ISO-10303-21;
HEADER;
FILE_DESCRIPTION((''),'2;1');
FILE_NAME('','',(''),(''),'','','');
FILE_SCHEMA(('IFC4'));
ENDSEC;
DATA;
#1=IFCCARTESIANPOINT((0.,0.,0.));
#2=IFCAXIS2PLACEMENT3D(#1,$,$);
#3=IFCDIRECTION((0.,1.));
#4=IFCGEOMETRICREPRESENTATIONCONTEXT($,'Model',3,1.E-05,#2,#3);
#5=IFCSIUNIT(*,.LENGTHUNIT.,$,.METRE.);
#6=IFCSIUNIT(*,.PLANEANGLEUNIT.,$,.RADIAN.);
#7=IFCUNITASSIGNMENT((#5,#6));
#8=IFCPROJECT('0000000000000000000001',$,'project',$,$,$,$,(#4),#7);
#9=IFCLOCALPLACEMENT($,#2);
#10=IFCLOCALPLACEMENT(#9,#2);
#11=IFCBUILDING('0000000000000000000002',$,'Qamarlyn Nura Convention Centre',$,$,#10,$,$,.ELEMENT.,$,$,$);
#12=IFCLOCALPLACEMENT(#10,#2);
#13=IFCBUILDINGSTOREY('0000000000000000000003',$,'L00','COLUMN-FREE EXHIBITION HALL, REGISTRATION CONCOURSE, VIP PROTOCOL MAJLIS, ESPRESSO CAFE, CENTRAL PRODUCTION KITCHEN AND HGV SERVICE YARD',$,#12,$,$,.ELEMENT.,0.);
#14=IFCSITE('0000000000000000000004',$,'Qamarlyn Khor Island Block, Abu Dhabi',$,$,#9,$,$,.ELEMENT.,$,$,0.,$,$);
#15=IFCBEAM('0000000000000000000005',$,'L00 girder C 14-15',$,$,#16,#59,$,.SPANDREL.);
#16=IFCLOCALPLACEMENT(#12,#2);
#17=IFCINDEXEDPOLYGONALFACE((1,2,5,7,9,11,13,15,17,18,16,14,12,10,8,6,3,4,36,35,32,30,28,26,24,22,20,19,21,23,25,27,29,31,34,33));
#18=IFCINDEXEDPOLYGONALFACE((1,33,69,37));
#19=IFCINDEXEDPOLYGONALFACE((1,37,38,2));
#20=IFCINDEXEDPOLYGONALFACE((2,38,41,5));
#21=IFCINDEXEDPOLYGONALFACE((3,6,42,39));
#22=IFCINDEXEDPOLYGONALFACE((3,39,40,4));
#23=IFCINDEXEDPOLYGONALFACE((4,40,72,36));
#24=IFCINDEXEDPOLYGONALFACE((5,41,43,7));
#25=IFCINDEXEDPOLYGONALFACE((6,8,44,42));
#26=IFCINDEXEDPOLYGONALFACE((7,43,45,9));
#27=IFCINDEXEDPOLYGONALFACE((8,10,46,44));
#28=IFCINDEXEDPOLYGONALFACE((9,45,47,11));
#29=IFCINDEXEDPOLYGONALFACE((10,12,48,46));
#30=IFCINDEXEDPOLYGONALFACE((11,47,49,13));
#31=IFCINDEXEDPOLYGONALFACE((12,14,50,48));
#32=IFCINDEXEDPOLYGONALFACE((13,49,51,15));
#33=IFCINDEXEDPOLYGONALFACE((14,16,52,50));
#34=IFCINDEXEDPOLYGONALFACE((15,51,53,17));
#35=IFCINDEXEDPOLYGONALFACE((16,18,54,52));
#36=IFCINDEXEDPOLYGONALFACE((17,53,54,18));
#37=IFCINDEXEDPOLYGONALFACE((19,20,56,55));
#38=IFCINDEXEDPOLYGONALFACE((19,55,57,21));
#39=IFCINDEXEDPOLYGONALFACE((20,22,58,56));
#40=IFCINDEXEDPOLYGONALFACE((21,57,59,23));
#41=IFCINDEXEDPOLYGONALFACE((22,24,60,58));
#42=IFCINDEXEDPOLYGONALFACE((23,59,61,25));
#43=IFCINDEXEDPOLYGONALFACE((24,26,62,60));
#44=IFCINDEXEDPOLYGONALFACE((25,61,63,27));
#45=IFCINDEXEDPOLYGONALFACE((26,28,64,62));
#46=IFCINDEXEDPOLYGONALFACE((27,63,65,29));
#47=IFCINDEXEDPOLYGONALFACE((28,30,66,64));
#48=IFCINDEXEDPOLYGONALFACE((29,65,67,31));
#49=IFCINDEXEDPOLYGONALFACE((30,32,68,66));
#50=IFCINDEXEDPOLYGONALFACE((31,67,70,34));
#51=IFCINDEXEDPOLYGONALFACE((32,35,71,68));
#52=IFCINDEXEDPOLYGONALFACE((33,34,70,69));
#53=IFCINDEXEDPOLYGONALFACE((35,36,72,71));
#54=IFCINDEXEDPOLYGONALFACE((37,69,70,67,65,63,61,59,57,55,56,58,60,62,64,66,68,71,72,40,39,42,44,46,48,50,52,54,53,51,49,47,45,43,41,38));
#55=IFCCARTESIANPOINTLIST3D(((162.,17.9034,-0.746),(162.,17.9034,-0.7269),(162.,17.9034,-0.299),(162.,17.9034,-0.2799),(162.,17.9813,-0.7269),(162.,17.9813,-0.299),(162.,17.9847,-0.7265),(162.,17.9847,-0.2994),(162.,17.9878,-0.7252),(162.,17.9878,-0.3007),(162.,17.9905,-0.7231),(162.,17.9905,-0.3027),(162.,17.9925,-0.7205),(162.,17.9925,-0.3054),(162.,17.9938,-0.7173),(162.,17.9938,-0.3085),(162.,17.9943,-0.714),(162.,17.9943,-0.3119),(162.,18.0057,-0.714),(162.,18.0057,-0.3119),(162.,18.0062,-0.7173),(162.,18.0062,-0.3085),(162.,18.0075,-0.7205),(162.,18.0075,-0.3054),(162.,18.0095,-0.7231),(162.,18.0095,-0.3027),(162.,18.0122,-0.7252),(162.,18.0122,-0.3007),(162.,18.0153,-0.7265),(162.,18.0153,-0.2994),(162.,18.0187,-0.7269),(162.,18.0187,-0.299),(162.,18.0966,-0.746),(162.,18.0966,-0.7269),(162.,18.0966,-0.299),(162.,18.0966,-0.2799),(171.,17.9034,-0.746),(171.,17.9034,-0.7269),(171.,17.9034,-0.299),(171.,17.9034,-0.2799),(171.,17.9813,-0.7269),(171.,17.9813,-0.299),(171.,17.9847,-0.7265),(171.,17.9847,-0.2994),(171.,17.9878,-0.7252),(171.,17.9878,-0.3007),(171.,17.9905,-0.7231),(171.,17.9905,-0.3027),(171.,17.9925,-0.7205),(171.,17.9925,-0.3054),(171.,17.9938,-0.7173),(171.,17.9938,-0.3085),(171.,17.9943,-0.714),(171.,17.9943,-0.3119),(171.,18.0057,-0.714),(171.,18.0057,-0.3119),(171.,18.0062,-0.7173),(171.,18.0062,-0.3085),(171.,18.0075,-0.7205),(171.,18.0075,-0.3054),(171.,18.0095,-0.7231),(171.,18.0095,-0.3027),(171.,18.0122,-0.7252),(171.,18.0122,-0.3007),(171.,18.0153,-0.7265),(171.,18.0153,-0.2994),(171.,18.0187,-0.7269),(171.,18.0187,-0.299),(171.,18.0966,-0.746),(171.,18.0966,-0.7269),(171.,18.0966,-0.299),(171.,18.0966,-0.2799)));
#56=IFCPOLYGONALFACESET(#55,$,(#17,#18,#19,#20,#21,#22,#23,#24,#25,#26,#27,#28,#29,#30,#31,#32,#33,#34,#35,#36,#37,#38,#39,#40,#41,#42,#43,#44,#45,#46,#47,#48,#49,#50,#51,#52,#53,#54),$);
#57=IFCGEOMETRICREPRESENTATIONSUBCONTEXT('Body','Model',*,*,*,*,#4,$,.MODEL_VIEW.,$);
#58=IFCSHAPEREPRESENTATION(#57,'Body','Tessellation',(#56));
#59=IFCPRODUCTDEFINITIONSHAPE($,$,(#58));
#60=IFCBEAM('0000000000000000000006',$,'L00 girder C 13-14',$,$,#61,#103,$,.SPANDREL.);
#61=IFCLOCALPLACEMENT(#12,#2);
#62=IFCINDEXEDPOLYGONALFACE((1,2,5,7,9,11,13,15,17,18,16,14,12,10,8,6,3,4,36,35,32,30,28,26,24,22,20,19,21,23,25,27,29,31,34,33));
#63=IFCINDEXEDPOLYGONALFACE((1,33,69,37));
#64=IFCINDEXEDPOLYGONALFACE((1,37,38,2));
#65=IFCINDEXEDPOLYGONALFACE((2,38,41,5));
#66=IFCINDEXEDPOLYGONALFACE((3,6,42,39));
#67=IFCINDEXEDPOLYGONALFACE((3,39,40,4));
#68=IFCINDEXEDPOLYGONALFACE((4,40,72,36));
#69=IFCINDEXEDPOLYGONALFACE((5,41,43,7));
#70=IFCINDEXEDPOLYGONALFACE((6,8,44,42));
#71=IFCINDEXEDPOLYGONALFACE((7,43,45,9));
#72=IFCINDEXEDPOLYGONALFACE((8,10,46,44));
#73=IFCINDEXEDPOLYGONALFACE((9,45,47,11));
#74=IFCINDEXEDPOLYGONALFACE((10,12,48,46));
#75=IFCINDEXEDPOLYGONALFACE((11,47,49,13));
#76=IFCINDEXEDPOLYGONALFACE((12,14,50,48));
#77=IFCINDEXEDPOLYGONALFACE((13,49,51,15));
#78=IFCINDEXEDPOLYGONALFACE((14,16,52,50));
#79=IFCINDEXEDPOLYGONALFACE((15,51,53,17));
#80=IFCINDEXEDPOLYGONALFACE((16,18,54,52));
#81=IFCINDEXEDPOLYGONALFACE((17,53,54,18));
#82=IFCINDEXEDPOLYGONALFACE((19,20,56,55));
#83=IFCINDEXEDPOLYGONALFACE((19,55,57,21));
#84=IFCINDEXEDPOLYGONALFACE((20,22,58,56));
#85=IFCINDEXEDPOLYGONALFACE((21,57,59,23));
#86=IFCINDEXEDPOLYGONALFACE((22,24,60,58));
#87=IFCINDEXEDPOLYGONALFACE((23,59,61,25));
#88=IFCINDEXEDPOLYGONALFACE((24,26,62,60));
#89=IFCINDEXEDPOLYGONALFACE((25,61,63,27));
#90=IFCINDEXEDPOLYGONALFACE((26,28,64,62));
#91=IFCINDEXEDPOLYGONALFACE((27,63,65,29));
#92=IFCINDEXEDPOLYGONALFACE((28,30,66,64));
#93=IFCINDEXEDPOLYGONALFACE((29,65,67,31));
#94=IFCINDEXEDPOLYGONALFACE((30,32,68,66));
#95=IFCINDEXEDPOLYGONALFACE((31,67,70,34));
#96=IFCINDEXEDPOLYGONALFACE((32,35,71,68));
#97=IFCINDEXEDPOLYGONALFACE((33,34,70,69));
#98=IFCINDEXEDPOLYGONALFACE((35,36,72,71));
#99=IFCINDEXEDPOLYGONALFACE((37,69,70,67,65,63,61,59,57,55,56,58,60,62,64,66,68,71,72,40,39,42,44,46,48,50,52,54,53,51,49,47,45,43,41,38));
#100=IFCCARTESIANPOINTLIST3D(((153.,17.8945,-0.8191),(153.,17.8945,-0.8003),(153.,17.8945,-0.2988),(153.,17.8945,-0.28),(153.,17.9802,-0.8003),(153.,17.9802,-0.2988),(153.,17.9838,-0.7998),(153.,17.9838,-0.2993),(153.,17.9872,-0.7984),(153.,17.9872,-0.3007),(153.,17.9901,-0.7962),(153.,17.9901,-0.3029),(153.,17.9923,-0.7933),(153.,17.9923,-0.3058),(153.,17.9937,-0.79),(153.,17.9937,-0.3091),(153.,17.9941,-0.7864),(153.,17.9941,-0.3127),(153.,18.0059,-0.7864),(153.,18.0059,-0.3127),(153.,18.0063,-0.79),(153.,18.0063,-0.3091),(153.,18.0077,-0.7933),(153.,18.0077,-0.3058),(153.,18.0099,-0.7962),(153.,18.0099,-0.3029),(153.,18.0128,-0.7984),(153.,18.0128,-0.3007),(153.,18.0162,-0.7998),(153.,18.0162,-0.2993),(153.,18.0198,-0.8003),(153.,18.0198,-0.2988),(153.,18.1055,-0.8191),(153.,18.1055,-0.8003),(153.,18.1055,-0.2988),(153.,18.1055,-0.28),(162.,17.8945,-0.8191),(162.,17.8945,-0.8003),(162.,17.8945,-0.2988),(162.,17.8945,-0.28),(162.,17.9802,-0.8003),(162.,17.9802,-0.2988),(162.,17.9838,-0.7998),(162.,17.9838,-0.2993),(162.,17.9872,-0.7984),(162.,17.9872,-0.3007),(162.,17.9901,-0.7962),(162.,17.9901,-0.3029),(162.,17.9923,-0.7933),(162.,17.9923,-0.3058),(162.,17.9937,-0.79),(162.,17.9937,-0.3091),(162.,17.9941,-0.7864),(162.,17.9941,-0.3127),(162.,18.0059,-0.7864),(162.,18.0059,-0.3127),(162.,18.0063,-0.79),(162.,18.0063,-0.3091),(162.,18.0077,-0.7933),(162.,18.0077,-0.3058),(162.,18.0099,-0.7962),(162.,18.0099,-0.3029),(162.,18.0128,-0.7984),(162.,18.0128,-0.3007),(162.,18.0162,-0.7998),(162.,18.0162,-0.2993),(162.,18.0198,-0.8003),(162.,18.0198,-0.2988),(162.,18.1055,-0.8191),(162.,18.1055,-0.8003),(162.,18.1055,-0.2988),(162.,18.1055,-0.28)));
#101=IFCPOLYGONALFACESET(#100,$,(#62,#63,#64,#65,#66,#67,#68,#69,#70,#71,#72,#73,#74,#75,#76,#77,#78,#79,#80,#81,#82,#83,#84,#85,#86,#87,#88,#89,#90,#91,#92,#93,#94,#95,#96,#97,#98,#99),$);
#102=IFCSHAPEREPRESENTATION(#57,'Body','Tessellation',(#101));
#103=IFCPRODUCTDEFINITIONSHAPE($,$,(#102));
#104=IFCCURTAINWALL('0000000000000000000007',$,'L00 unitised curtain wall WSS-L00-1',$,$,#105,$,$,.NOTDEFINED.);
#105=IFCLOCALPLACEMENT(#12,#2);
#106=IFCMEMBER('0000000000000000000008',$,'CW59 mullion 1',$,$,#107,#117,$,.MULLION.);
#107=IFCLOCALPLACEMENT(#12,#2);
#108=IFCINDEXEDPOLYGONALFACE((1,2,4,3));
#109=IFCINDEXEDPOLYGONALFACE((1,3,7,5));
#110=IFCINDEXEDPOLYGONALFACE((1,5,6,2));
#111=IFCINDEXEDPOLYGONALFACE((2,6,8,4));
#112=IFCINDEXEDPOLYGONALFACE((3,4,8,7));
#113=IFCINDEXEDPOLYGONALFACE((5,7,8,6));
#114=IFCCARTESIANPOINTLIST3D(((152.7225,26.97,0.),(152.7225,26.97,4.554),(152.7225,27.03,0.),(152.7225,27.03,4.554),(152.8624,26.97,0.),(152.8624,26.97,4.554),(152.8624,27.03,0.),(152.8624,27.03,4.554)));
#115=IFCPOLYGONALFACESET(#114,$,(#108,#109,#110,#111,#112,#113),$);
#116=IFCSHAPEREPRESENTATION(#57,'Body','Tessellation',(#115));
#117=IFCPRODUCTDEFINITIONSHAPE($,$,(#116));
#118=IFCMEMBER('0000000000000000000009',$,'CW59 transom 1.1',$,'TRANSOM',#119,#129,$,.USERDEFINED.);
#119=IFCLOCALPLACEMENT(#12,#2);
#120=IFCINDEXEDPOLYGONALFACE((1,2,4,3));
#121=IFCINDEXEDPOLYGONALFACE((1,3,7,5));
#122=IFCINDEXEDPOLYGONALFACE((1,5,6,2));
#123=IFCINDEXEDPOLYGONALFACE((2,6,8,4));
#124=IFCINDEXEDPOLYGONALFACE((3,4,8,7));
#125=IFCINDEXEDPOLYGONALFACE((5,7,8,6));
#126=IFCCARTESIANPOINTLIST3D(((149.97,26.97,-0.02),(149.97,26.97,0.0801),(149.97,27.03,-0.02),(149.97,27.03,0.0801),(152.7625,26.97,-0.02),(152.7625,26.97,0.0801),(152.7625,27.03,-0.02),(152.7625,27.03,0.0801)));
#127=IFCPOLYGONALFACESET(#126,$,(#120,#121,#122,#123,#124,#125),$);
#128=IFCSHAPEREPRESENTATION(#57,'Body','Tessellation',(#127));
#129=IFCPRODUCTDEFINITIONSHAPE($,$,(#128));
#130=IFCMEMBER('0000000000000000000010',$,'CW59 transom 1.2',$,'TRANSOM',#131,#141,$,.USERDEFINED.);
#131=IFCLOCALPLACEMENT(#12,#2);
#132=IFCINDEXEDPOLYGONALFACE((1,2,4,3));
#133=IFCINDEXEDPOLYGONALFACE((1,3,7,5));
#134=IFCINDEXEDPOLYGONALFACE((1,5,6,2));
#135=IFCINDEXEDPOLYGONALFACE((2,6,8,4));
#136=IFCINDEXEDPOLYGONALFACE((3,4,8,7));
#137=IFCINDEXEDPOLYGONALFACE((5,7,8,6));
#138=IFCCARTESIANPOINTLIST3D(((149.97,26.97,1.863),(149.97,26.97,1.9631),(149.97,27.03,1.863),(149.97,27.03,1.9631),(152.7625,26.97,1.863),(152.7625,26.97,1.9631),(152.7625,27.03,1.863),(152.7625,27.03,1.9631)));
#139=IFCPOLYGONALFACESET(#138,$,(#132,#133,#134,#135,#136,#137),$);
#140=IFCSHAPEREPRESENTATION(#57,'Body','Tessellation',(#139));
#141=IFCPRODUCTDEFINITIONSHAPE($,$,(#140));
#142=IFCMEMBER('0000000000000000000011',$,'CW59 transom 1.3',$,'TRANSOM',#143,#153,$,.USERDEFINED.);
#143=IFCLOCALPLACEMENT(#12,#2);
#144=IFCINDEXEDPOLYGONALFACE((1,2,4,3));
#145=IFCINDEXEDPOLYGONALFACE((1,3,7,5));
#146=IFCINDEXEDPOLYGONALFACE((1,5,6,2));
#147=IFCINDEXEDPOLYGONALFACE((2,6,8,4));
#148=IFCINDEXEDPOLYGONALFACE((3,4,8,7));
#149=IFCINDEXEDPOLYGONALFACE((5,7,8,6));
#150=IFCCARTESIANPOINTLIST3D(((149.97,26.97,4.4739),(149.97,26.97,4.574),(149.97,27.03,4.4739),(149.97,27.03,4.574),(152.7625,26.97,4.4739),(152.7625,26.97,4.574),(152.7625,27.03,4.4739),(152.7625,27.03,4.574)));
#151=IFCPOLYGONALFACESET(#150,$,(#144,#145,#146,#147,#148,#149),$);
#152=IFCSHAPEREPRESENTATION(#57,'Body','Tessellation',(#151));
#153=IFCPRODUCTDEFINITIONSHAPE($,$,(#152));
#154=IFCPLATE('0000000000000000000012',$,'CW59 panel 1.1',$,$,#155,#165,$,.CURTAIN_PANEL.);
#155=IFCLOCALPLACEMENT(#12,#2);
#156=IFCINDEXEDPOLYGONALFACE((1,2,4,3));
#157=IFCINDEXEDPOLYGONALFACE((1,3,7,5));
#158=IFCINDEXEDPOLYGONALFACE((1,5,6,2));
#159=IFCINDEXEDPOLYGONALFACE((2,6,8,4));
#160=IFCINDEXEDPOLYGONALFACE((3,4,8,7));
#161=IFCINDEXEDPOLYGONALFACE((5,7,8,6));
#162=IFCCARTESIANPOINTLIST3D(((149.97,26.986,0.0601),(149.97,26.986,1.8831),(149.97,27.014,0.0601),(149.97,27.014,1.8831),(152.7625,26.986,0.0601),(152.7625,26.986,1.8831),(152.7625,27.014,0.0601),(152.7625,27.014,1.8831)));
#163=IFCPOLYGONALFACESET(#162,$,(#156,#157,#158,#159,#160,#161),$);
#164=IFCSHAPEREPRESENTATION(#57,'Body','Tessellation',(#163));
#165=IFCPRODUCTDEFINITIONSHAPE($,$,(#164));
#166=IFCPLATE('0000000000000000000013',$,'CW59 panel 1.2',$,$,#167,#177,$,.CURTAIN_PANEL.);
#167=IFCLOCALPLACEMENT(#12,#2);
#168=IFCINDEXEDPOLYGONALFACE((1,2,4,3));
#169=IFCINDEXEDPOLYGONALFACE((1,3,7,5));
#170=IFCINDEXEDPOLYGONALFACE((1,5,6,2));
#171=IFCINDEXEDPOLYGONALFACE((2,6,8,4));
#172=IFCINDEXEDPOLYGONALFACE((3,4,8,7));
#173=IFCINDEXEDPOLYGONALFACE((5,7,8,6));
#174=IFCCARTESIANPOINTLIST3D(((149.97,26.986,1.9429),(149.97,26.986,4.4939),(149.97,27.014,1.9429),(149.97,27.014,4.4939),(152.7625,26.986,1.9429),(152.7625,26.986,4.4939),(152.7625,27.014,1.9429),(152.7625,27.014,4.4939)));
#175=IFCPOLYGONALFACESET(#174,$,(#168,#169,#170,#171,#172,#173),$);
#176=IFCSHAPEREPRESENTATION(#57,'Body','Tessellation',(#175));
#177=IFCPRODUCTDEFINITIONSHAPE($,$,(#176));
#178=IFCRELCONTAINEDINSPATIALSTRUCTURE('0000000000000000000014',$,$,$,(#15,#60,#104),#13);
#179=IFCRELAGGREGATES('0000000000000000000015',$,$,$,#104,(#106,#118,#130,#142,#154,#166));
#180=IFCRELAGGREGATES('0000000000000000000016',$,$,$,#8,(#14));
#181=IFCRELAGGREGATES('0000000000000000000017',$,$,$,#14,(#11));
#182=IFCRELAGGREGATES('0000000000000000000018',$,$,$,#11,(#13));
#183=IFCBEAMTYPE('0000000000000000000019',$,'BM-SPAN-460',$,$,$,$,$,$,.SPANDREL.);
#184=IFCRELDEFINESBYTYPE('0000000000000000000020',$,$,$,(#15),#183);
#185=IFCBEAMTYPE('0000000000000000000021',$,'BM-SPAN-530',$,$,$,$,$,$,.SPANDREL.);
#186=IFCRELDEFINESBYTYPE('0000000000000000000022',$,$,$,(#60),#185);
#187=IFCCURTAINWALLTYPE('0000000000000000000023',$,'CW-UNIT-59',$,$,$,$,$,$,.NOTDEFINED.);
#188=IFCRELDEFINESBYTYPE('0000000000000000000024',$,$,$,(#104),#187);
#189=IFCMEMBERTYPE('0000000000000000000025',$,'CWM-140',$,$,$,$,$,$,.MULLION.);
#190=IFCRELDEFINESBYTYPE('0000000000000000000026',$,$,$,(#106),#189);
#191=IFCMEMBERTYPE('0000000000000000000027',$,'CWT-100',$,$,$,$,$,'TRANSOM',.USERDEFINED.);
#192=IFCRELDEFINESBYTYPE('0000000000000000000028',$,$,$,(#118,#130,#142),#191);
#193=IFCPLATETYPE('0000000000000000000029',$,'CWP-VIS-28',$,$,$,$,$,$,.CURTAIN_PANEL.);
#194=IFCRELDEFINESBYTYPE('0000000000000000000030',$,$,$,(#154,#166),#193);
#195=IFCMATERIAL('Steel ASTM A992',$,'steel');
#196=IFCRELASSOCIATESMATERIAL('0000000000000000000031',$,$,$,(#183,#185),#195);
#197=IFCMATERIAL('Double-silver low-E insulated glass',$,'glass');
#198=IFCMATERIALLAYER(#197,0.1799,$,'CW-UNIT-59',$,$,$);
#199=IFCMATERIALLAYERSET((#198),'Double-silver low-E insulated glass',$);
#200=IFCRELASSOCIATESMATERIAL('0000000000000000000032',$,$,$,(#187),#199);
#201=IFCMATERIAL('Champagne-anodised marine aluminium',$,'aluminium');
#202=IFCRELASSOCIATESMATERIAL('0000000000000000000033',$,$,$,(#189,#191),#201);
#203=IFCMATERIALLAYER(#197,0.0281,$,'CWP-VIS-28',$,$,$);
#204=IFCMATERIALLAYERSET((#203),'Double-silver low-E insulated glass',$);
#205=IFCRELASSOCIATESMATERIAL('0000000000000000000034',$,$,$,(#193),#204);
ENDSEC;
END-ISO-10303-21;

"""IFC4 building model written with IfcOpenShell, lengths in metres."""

from ifc_helpers import new_model, si_unit, direction, frame, origin, origin_2d, place, context, subcontext, project, spatial, rectangle, i_section, extrude, material, layer, layer_set, material_profile, profile_set, type_object, element, aggregate, save


model = new_model("IFC4")

# Units and contexts
model_context = context("Model", 3, precision=1e-05, world=origin(), true_north=direction((0.0, 1.0)))
body_context = subcontext(model_context, "Body", "Model", "MODEL_VIEW")
ifc_project = project(units=[si_unit("LENGTHUNIT", "METRE"), si_unit("PLANEANGLEUNIT", "RADIAN")], contexts=[model_context])

# Site, building, storey
site_placement = place(None, origin())
site = spatial("IfcSite", under=ifc_project, at=site_placement, Name="Qamarlyn Khor Island Block, Abu Dhabi", CompositionType="ELEMENT", RefElevation=0.0)
building_placement = place(site_placement, origin())
building = spatial("IfcBuilding", under=site, at=building_placement, Name="Qamarlyn Nura Convention Centre", CompositionType="ELEMENT")
storey_placement = place(building_placement, origin())
storey = spatial("IfcBuildingStorey", under=building, at=storey_placement, Name="L00", Description="COLUMN-FREE EXHIBITION HALL, REGISTRATION CONCOURSE, VIP PROTOCOL MAJLIS, ESPRESSO CAFE, CENTRAL PRODUCTION KITCHEN AND HGV SERVICE YARD", CompositionType="ELEMENT", Elevation=0.0)

# Shared definitions
ifc_material_1 = material(Name="Steel ASTM A992", Category="steel")

# Beams
ifc_material_profile_1 = material_profile(ifc_material_1, i_section(OverallWidth=0.1931, OverallDepth=0.4661, WebThickness=0.0115, FlangeThickness=0.019, FilletRadius=0.0129, at=origin_2d()), Name="W460X97")
ifc_profile_set_1 = profile_set([ifc_material_profile_1], Name="Steel ASTM A992")
beam_type_1 = type_object("IfcBeamType", Name="BM-SPAN-460", PredefinedType="SPANDREL", material=ifc_profile_set_1)
beam_1_placement = place(storey_placement, frame((162.0, 18.0, -0.5129), z_axis=(1.0, 0.0, 0.0), x_axis=(0.0, 1.0, 0.0)))
element("IfcBeam", 1, at=beam_1_placement, inside=storey, type_object=beam_type_1, Name="L00 girder C 14-15", PredefinedType="SPANDREL", context=body_context, shape_type="SweptSolid", body=[
    extrude(i_section(OverallWidth=0.1931, OverallDepth=0.4661, WebThickness=0.0115, FlangeThickness=0.019, FilletRadius=0.0129, at=origin_2d()), origin(), (0.0, 0.0, 1.0), 9.0),
])
ifc_material_profile_2 = material_profile(ifc_material_1, i_section(OverallWidth=0.2109, OverallDepth=0.5391, WebThickness=0.0117, FlangeThickness=0.0188, FilletRadius=0.0139, at=origin_2d()), Name="W530X109")
ifc_profile_set_2 = profile_set([ifc_material_profile_2], Name="Steel ASTM A992")
beam_type_2 = type_object("IfcBeamType", Name="BM-SPAN-530", PredefinedType="SPANDREL", material=ifc_profile_set_2)
beam_2_placement = place(storey_placement, frame((153.0, 18.0, -0.5496), z_axis=(1.0, 0.0, 0.0), x_axis=(0.0, 1.0, 0.0)))
element("IfcBeam", 2, at=beam_2_placement, inside=storey, type_object=beam_type_2, Name="L00 girder C 13-14", PredefinedType="SPANDREL", context=body_context, shape_type="SweptSolid", body=[
    extrude(i_section(OverallWidth=0.2109, OverallDepth=0.5391, WebThickness=0.0117, FlangeThickness=0.0188, FilletRadius=0.0139, at=origin_2d()), origin(), (0.0, 0.0, 1.0), 9.0),
])

# Curtain wall, members, plates
ifc_material_2 = material(Name="Double-silver low-E insulated glass", Category="glass")
ifc_layer_1 = layer(ifc_material_2, 0.1799, Name="CW-UNIT-59")
ifc_layer_set_1 = layer_set([ifc_layer_1], Name="Double-silver low-E insulated glass")
curtain_wall_type = type_object("IfcCurtainWallType", Name="CW-UNIT-59", PredefinedType="NOTDEFINED", material=ifc_layer_set_1)
curtain_wall_placement = place(storey_placement, origin())
curtain_wall = element("IfcCurtainWall", 3, at=curtain_wall_placement, inside=storey, type_object=curtain_wall_type, Name="L00 unitised curtain wall WSS-L00-1", PredefinedType="NOTDEFINED")
ifc_material_3 = material(Name="Champagne-anodised marine aluminium", Category="aluminium")
ifc_material_profile_3 = material_profile(ifc_material_3, rectangle(XDim=0.0601, YDim=0.1399, at=origin_2d()), Name="ALU MULLION 60x140")
ifc_profile_set_3 = profile_set([ifc_material_profile_3], Name="Champagne-anodised marine aluminium")
member_type_1 = type_object("IfcMemberType", Name="CWM-140", PredefinedType="MULLION", material=ifc_profile_set_3)
member_1_placement = place(storey_placement, frame((152.7925, 27.0, 0.0), z_axis=(0.0, 0.0, 1.0), x_axis=(0.0, -1.0, 0.0)))
member_1 = element("IfcMember", 4, at=member_1_placement, type_object=member_type_1, Name="CW59 mullion 1", PredefinedType="MULLION", context=body_context, shape_type="SweptSolid", body=[
    extrude(rectangle(XDim=0.0601, YDim=0.1399, at=origin_2d()), origin(), (0.0, 0.0, 1.0), 4.554),
])
ifc_material_profile_4 = material_profile(ifc_material_3, rectangle(XDim=0.0601, YDim=0.1001, at=origin_2d()), Name="ALU TRANSOM 60x100")
ifc_profile_set_4 = profile_set([ifc_material_profile_4], Name="Champagne-anodised marine aluminium")
member_type_2 = type_object("IfcMemberType", Name="CWT-100", ElementType="TRANSOM", PredefinedType="USERDEFINED", material=ifc_profile_set_4)
member_2_placement = place(storey_placement, frame((152.7625, 27.0, 0.03), z_axis=(-1.0, 0.0, 0.0), x_axis=(0.0, -1.0, 0.0)))
member_2 = element("IfcMember", 5, at=member_2_placement, type_object=member_type_2, Name="CW59 transom 1.1", ObjectType="TRANSOM", PredefinedType="USERDEFINED", context=body_context, shape_type="SweptSolid", body=[
    extrude(rectangle(XDim=0.0601, YDim=0.1001, at=origin_2d()), origin(), (0.0, 0.0, 1.0), 2.7925),
])
member_3_placement = place(storey_placement, frame((152.7625, 27.0, 1.9131), z_axis=(-1.0, 0.0, 0.0), x_axis=(0.0, -1.0, 0.0)))
member_3 = element("IfcMember", 6, at=member_3_placement, type_object=member_type_2, Name="CW59 transom 1.2", ObjectType="TRANSOM", PredefinedType="USERDEFINED", context=body_context, shape_type="SweptSolid", body=[
    extrude(rectangle(XDim=0.0601, YDim=0.1001, at=origin_2d()), origin(), (0.0, 0.0, 1.0), 2.7925),
])
member_4_placement = place(storey_placement, frame((152.7625, 27.0, 4.5239), z_axis=(-1.0, 0.0, 0.0), x_axis=(0.0, -1.0, 0.0)))
member_4 = element("IfcMember", 7, at=member_4_placement, type_object=member_type_2, Name="CW59 transom 1.3", ObjectType="TRANSOM", PredefinedType="USERDEFINED", context=body_context, shape_type="SweptSolid", body=[
    extrude(rectangle(XDim=0.0601, YDim=0.1001, at=origin_2d()), origin(), (0.0, 0.0, 1.0), 2.7925),
])
ifc_layer_2 = layer(ifc_material_2, 0.0281, Name="CWP-VIS-28")
ifc_layer_set_2 = layer_set([ifc_layer_2], Name="Double-silver low-E insulated glass")
plate_type = type_object("IfcPlateType", Name="CWP-VIS-28", PredefinedType="CURTAIN_PANEL", material=ifc_layer_set_2)
plate_1_placement = place(storey_placement, frame((151.3662, 27.0, 0.0601), z_axis=(0.0, 0.0, 1.0), x_axis=(-1.0, 0.0, 0.0)))
plate_1 = element("IfcPlate", 8, at=plate_1_placement, type_object=plate_type, Name="CW59 panel 1.1", PredefinedType="CURTAIN_PANEL", context=body_context, shape_type="SweptSolid", body=[
    extrude(rectangle(XDim=2.7925, YDim=0.0281, at=origin_2d()), origin(), (0.0, 0.0, 1.0), 1.823),
])
plate_2_placement = place(storey_placement, frame((151.3662, 27.0, 1.9429), z_axis=(0.0, 0.0, 1.0), x_axis=(-1.0, 0.0, 0.0)))
plate_2 = element("IfcPlate", 9, at=plate_2_placement, type_object=plate_type, Name="CW59 panel 1.2", PredefinedType="CURTAIN_PANEL", context=body_context, shape_type="SweptSolid", body=[
    extrude(rectangle(XDim=2.7925, YDim=0.0281, at=origin_2d()), origin(), (0.0, 0.0, 1.0), 2.551),
])
aggregate(curtain_wall, [member_1, member_2, member_3, member_4, plate_1, plate_2])

save(model, "model.ifc")
